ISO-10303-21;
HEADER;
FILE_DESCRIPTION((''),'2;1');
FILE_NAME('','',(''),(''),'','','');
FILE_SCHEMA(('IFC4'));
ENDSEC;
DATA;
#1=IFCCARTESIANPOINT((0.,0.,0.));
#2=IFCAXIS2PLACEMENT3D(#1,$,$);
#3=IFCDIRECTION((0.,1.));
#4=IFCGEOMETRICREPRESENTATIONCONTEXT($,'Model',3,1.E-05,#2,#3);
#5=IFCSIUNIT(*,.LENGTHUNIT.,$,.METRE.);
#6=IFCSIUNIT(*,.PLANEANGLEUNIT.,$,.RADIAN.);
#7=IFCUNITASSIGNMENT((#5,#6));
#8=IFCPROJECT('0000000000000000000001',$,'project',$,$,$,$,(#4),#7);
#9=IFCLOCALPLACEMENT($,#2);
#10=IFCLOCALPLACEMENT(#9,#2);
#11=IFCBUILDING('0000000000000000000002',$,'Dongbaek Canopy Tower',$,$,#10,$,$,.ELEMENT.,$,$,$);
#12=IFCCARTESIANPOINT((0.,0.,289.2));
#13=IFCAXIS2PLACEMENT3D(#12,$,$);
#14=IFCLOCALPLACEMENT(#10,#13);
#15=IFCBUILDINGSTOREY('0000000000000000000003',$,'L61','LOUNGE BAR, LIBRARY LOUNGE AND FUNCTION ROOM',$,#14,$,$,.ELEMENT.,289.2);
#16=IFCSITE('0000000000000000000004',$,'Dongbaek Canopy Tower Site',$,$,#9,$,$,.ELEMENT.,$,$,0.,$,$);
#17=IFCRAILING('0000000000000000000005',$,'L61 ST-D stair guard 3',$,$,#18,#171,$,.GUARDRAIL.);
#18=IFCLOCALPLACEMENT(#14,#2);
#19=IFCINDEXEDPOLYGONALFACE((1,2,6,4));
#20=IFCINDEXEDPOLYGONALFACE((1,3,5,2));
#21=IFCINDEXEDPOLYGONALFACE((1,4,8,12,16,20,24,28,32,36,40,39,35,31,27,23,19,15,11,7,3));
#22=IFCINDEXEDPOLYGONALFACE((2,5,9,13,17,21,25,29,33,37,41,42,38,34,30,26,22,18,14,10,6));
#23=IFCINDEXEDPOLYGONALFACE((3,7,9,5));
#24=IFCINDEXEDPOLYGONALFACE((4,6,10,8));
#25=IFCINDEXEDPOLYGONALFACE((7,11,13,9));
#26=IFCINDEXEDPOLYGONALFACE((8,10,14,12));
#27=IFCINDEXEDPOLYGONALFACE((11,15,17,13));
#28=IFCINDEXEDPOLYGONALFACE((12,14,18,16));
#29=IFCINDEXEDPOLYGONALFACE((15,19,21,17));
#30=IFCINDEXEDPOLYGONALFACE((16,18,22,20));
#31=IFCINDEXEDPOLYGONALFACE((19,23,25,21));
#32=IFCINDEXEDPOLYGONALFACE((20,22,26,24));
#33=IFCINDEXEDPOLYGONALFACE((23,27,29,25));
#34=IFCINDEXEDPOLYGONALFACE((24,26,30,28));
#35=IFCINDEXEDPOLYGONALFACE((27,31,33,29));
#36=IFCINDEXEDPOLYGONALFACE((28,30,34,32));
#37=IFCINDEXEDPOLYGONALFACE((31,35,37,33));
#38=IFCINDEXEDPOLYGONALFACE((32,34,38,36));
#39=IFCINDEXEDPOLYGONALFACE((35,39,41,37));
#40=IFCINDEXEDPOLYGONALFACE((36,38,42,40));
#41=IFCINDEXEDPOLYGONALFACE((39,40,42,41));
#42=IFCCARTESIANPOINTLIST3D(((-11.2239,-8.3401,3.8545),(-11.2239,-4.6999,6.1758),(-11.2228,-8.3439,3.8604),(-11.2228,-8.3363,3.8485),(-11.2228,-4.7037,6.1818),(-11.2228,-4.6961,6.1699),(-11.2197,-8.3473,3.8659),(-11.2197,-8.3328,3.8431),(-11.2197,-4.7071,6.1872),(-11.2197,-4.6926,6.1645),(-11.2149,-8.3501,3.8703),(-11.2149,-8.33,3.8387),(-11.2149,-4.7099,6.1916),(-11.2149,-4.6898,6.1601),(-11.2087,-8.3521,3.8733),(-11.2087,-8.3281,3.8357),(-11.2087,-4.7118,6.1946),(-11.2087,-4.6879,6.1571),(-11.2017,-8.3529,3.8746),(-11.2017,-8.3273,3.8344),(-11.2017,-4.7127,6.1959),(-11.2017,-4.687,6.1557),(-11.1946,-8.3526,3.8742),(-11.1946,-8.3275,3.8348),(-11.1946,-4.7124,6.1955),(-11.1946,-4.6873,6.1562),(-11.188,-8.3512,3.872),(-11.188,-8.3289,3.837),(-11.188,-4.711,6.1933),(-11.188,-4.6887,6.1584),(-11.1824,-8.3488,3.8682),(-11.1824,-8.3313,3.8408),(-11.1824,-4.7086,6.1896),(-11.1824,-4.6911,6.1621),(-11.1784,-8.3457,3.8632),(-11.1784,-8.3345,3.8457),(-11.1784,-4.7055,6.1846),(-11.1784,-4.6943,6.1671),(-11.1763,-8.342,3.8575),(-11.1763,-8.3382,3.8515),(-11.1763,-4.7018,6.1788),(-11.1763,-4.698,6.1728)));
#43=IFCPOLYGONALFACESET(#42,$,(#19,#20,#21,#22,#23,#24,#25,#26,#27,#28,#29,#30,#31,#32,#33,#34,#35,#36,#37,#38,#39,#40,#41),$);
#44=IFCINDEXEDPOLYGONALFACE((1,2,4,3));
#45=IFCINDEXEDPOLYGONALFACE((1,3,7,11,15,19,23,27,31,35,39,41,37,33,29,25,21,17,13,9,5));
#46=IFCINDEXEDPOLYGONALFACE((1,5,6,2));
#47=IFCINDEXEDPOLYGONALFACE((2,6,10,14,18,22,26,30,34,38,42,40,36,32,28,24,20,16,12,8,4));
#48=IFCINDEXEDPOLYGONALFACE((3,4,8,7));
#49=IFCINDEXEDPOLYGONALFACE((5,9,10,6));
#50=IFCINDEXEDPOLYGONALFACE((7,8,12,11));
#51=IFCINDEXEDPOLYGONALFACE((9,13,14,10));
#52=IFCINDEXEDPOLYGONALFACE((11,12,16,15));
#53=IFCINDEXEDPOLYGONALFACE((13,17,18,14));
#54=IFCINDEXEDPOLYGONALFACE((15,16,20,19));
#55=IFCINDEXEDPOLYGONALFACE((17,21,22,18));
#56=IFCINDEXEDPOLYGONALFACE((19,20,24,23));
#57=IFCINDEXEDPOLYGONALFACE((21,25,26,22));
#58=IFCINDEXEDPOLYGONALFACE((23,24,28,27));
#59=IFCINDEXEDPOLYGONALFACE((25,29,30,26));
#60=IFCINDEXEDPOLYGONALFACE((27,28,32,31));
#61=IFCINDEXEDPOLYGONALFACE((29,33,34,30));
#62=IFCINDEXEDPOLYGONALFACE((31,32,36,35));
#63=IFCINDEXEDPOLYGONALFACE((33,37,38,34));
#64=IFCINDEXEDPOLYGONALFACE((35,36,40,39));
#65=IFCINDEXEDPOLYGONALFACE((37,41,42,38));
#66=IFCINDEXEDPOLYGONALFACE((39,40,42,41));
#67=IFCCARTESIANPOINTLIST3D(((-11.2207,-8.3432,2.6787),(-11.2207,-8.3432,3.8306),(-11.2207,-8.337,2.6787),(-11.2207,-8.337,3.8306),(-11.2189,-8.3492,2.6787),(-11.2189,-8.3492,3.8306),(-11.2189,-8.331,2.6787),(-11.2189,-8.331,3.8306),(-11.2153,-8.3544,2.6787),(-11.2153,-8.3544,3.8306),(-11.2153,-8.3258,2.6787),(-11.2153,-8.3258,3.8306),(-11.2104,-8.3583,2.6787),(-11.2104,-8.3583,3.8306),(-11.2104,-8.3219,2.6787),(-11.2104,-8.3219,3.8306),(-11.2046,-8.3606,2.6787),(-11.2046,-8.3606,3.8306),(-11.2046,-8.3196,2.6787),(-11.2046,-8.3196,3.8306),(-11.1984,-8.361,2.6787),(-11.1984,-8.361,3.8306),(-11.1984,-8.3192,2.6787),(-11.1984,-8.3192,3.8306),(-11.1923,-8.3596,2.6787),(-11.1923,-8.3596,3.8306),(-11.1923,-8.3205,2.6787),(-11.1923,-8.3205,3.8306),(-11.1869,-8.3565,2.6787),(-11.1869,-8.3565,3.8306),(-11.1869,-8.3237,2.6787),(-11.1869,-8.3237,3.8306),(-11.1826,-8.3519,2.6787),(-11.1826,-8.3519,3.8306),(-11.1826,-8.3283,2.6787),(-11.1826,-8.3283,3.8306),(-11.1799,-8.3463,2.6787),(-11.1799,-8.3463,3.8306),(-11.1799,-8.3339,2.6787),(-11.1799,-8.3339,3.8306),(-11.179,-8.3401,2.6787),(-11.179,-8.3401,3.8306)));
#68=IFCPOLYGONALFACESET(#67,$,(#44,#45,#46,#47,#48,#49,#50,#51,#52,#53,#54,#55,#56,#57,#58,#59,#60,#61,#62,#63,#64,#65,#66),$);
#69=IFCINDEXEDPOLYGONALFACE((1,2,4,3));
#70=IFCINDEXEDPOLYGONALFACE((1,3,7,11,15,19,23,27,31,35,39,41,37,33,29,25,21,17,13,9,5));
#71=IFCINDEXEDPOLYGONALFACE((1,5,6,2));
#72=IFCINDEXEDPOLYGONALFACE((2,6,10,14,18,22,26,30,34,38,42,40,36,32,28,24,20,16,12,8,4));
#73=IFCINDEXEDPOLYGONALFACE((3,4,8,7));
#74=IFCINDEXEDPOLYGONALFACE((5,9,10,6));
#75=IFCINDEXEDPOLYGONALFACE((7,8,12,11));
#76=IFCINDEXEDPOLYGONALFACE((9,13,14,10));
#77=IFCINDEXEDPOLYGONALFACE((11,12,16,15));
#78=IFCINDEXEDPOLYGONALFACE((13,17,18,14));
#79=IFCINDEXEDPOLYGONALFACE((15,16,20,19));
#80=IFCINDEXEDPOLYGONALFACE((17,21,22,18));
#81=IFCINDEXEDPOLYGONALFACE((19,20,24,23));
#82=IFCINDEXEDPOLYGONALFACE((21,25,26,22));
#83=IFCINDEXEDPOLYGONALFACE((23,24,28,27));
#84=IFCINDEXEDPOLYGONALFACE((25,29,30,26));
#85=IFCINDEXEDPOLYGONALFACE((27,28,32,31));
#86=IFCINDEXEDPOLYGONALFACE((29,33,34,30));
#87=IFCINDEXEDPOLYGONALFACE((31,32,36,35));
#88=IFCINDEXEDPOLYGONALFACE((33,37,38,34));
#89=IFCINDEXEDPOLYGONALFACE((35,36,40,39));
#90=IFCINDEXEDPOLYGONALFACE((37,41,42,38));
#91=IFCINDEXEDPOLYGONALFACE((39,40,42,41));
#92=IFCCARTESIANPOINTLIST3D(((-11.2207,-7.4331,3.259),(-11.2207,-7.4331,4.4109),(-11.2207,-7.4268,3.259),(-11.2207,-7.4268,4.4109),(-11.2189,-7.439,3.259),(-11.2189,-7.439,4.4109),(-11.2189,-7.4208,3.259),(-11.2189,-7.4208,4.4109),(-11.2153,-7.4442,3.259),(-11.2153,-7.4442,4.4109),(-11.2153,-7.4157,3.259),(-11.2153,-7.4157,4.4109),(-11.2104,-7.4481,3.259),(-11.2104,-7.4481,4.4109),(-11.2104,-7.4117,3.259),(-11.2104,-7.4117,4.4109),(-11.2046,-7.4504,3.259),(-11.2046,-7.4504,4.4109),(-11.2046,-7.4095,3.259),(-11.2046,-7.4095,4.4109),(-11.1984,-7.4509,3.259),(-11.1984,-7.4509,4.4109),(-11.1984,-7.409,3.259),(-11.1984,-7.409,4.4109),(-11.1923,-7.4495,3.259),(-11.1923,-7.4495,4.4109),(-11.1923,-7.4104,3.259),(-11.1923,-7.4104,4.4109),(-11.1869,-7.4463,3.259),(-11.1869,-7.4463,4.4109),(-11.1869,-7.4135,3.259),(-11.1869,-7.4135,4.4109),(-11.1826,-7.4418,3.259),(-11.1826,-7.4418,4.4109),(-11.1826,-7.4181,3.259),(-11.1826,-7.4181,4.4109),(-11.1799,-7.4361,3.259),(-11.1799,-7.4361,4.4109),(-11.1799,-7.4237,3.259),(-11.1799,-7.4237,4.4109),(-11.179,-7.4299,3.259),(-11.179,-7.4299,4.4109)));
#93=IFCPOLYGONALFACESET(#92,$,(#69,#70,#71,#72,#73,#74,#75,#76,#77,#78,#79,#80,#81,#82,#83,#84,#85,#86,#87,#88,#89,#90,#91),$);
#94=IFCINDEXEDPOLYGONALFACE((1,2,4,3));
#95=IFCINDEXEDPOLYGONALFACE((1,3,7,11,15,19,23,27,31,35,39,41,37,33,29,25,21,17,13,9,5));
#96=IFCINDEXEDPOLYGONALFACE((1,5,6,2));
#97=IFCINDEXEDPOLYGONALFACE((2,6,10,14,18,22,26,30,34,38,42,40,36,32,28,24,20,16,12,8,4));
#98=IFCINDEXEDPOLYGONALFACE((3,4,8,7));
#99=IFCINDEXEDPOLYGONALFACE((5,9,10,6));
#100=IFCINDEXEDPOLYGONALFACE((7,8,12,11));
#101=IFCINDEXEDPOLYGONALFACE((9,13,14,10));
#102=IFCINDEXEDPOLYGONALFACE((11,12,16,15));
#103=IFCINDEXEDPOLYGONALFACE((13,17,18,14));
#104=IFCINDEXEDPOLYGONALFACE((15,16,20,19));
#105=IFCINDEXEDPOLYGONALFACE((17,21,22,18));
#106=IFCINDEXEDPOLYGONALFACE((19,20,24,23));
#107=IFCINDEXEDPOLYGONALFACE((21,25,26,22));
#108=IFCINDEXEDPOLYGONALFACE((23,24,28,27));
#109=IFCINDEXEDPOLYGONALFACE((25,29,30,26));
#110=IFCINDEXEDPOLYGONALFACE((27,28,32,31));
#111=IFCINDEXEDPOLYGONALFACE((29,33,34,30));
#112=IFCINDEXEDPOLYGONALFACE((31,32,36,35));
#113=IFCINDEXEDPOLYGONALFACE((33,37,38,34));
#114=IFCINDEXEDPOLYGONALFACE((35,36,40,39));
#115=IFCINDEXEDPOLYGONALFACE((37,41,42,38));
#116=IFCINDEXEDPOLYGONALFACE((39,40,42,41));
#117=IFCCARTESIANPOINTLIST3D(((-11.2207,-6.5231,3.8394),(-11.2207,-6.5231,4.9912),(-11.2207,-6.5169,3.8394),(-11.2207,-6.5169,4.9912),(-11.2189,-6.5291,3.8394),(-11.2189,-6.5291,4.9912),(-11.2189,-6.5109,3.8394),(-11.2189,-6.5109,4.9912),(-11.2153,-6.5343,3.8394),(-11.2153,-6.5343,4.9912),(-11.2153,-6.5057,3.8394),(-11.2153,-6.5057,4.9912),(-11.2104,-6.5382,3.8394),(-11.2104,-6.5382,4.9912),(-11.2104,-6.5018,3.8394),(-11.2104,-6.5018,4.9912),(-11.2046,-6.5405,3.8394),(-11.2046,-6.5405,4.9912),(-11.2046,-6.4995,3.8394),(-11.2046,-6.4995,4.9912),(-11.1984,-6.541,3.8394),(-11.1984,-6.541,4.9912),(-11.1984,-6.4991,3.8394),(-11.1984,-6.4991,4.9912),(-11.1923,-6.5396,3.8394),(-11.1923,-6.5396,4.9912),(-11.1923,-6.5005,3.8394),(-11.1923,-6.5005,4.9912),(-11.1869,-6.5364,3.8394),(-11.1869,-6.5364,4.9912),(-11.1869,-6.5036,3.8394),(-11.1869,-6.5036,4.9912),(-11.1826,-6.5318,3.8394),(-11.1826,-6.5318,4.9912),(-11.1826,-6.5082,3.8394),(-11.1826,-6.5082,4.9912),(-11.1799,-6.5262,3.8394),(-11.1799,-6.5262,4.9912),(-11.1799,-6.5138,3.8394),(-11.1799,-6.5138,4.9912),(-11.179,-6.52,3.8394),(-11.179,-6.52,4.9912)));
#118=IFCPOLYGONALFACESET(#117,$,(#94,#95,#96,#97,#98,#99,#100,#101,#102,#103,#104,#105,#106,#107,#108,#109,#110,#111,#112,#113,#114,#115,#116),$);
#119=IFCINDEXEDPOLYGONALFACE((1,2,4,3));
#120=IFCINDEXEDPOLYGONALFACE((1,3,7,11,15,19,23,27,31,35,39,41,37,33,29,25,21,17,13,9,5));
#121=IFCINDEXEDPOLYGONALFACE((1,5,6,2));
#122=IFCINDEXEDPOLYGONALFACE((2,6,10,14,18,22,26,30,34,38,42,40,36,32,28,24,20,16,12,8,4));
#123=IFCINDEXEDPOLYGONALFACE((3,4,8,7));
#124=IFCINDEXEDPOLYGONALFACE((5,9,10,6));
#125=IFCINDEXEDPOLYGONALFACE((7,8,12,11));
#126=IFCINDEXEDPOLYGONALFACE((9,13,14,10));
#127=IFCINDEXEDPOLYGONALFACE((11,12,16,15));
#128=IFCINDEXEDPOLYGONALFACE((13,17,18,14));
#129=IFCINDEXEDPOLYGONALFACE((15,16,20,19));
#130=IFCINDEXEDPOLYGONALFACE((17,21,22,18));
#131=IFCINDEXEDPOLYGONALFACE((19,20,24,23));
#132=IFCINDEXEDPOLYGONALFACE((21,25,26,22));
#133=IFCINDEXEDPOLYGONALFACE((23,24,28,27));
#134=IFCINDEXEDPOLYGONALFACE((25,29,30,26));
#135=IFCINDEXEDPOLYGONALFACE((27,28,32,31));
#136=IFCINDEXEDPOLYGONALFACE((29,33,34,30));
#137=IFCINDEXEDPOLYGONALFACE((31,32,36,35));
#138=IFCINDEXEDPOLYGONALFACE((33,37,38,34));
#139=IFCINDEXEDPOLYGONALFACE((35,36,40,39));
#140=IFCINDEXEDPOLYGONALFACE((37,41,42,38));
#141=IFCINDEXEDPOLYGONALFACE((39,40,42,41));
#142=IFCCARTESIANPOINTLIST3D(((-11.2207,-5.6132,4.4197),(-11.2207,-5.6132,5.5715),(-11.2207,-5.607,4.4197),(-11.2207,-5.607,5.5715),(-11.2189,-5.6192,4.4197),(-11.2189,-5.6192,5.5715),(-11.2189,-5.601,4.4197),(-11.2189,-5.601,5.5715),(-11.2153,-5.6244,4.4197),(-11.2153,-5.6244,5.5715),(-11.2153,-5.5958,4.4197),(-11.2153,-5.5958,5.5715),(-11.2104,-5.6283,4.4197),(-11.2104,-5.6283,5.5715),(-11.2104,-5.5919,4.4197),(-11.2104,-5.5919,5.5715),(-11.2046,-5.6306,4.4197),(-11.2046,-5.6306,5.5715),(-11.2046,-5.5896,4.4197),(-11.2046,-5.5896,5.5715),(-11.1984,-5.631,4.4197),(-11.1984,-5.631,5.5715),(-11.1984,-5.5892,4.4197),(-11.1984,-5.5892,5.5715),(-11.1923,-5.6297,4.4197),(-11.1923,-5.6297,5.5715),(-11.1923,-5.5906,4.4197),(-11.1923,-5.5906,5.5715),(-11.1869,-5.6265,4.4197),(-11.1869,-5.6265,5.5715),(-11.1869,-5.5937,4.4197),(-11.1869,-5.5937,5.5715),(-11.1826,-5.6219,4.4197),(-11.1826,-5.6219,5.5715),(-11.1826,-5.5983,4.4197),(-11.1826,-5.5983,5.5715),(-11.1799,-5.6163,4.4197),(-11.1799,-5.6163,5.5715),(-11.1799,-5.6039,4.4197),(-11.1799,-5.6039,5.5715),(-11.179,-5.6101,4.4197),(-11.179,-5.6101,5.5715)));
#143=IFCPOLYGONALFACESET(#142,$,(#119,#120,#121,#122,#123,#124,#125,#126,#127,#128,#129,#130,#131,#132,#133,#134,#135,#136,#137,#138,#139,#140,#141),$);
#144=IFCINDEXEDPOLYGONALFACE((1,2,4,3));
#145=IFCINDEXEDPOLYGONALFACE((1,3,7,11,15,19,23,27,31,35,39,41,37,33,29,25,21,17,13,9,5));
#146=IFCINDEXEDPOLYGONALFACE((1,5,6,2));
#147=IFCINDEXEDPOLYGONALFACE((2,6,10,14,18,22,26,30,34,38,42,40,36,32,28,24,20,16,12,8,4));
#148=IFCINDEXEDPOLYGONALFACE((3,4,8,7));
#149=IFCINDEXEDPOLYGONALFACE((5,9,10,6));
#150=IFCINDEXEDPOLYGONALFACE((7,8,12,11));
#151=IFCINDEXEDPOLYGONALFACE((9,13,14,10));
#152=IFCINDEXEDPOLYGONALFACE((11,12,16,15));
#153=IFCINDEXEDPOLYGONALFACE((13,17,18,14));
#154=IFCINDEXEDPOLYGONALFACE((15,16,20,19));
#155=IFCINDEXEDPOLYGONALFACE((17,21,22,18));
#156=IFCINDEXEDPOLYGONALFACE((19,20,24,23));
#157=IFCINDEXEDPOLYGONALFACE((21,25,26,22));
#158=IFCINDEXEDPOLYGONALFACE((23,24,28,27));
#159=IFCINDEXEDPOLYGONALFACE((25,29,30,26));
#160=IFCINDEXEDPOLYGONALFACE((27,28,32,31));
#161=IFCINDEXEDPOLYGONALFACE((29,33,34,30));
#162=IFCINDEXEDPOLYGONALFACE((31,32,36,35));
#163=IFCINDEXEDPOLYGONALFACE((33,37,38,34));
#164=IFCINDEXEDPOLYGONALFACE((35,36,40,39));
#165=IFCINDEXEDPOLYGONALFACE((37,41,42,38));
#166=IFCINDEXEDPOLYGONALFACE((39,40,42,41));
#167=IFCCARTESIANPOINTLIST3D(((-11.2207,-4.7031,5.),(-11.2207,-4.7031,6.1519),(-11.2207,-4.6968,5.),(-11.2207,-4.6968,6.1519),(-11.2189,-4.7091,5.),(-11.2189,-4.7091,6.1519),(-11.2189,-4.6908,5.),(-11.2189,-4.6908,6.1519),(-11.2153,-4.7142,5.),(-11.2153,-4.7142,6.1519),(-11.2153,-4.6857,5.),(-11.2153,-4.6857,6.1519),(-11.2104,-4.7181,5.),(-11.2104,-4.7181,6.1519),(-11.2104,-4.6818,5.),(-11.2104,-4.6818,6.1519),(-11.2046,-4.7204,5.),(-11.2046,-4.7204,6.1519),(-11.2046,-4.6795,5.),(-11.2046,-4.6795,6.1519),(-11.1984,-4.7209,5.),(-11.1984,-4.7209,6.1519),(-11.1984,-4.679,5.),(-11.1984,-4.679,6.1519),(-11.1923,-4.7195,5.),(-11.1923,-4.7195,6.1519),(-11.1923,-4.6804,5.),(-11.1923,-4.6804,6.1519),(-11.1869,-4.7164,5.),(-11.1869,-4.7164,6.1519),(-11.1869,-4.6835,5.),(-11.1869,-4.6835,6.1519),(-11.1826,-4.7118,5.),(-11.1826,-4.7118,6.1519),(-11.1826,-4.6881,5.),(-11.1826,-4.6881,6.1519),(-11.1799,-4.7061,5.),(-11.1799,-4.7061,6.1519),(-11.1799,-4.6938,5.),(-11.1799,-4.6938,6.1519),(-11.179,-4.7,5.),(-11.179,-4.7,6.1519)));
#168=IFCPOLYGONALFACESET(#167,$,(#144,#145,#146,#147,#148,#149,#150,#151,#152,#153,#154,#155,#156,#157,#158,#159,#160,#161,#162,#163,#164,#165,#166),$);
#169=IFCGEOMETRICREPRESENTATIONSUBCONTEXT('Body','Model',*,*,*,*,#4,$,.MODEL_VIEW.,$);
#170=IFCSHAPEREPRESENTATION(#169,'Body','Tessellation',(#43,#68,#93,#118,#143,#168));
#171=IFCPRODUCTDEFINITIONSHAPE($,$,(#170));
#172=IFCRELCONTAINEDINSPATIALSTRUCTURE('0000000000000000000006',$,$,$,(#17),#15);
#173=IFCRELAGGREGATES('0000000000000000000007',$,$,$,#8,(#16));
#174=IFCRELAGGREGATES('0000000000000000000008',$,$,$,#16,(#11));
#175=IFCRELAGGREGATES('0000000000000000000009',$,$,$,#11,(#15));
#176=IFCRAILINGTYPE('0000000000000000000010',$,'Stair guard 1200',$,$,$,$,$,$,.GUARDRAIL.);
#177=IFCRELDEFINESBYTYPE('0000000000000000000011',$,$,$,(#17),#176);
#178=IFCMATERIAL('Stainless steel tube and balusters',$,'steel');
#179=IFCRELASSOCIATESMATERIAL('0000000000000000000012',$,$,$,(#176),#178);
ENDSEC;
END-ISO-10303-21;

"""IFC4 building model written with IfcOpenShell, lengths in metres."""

from ifc_helpers import new_model, si_unit, direction, frame, origin, origin_2d, place, context, subcontext, project, spatial, circle, extrude, material, type_object, element, save


model = new_model("IFC4")

# Units and contexts
model_context = context("Model", 3, precision=1e-05, world=origin(), true_north=direction((0.0, 1.0)))
body_context = subcontext(model_context, "Body", "Model", "MODEL_VIEW")
ifc_project = project(units=[si_unit("LENGTHUNIT", "METRE"), si_unit("PLANEANGLEUNIT", "RADIAN")], contexts=[model_context])

# Site, building, storey
site_placement = place(None, origin())
site = spatial("IfcSite", under=ifc_project, at=site_placement, Name="Dongbaek Canopy Tower Site", CompositionType="ELEMENT", RefElevation=0.0)
building_placement = place(site_placement, origin())
building = spatial("IfcBuilding", under=site, at=building_placement, Name="Dongbaek Canopy Tower", CompositionType="ELEMENT")
storey_placement = place(building_placement, frame((0.0, 0.0, 289.2)))
storey = spatial("IfcBuildingStorey", under=building, at=storey_placement, Name="L61", Description="LOUNGE BAR, LIBRARY LOUNGE AND FUNCTION ROOM", CompositionType="ELEMENT", Elevation=289.2)

# Railing
ifc_material_1 = material(Name="Stainless steel tube and balusters", Category="steel")
railing_type_1 = type_object("IfcRailingType", Name="Stair guard 1200", PredefinedType="GUARDRAIL", material=ifc_material_1)
railing_1_placement = place(storey_placement, frame((-11.2, -8.3401, 2.6787)))
element("IfcRailing", 1, at=railing_1_placement, inside=storey, type_object=railing_type_1, Name="L61 ST-D stair guard 3", PredefinedType="GUARDRAIL", context=body_context, shape_type="SweptSolid", body=[
    extrude(circle(Radius=0.0239, at=origin_2d()), frame((0.0, 0.0, 1.1758), z_axis=(0.0, 0.843153, 0.537673), x_axis=(-1.0, 0.0, 0.0)), (0.0, 0.0, 1.0), 4.3174),
    extrude(circle(Radius=0.021, at=origin_2d()), origin(), (0.0, 0.0, 1.0), 1.1519),
    extrude(circle(Radius=0.021, at=origin_2d()), frame((0.0, 0.9102, 0.5803)), (0.0, 0.0, 1.0), 1.1519),
    extrude(circle(Radius=0.021, at=origin_2d()), frame((0.0, 1.8201, 1.1606)), (0.0, 0.0, 1.0), 1.1519),
    extrude(circle(Radius=0.021, at=origin_2d()), frame((0.0, 2.73, 1.741)), (0.0, 0.0, 1.0), 1.1519),
    extrude(circle(Radius=0.021, at=origin_2d()), frame((0.0, 3.6401, 2.3213)), (0.0, 0.0, 1.0), 1.1519),
])

save(model, "model.ifc")
